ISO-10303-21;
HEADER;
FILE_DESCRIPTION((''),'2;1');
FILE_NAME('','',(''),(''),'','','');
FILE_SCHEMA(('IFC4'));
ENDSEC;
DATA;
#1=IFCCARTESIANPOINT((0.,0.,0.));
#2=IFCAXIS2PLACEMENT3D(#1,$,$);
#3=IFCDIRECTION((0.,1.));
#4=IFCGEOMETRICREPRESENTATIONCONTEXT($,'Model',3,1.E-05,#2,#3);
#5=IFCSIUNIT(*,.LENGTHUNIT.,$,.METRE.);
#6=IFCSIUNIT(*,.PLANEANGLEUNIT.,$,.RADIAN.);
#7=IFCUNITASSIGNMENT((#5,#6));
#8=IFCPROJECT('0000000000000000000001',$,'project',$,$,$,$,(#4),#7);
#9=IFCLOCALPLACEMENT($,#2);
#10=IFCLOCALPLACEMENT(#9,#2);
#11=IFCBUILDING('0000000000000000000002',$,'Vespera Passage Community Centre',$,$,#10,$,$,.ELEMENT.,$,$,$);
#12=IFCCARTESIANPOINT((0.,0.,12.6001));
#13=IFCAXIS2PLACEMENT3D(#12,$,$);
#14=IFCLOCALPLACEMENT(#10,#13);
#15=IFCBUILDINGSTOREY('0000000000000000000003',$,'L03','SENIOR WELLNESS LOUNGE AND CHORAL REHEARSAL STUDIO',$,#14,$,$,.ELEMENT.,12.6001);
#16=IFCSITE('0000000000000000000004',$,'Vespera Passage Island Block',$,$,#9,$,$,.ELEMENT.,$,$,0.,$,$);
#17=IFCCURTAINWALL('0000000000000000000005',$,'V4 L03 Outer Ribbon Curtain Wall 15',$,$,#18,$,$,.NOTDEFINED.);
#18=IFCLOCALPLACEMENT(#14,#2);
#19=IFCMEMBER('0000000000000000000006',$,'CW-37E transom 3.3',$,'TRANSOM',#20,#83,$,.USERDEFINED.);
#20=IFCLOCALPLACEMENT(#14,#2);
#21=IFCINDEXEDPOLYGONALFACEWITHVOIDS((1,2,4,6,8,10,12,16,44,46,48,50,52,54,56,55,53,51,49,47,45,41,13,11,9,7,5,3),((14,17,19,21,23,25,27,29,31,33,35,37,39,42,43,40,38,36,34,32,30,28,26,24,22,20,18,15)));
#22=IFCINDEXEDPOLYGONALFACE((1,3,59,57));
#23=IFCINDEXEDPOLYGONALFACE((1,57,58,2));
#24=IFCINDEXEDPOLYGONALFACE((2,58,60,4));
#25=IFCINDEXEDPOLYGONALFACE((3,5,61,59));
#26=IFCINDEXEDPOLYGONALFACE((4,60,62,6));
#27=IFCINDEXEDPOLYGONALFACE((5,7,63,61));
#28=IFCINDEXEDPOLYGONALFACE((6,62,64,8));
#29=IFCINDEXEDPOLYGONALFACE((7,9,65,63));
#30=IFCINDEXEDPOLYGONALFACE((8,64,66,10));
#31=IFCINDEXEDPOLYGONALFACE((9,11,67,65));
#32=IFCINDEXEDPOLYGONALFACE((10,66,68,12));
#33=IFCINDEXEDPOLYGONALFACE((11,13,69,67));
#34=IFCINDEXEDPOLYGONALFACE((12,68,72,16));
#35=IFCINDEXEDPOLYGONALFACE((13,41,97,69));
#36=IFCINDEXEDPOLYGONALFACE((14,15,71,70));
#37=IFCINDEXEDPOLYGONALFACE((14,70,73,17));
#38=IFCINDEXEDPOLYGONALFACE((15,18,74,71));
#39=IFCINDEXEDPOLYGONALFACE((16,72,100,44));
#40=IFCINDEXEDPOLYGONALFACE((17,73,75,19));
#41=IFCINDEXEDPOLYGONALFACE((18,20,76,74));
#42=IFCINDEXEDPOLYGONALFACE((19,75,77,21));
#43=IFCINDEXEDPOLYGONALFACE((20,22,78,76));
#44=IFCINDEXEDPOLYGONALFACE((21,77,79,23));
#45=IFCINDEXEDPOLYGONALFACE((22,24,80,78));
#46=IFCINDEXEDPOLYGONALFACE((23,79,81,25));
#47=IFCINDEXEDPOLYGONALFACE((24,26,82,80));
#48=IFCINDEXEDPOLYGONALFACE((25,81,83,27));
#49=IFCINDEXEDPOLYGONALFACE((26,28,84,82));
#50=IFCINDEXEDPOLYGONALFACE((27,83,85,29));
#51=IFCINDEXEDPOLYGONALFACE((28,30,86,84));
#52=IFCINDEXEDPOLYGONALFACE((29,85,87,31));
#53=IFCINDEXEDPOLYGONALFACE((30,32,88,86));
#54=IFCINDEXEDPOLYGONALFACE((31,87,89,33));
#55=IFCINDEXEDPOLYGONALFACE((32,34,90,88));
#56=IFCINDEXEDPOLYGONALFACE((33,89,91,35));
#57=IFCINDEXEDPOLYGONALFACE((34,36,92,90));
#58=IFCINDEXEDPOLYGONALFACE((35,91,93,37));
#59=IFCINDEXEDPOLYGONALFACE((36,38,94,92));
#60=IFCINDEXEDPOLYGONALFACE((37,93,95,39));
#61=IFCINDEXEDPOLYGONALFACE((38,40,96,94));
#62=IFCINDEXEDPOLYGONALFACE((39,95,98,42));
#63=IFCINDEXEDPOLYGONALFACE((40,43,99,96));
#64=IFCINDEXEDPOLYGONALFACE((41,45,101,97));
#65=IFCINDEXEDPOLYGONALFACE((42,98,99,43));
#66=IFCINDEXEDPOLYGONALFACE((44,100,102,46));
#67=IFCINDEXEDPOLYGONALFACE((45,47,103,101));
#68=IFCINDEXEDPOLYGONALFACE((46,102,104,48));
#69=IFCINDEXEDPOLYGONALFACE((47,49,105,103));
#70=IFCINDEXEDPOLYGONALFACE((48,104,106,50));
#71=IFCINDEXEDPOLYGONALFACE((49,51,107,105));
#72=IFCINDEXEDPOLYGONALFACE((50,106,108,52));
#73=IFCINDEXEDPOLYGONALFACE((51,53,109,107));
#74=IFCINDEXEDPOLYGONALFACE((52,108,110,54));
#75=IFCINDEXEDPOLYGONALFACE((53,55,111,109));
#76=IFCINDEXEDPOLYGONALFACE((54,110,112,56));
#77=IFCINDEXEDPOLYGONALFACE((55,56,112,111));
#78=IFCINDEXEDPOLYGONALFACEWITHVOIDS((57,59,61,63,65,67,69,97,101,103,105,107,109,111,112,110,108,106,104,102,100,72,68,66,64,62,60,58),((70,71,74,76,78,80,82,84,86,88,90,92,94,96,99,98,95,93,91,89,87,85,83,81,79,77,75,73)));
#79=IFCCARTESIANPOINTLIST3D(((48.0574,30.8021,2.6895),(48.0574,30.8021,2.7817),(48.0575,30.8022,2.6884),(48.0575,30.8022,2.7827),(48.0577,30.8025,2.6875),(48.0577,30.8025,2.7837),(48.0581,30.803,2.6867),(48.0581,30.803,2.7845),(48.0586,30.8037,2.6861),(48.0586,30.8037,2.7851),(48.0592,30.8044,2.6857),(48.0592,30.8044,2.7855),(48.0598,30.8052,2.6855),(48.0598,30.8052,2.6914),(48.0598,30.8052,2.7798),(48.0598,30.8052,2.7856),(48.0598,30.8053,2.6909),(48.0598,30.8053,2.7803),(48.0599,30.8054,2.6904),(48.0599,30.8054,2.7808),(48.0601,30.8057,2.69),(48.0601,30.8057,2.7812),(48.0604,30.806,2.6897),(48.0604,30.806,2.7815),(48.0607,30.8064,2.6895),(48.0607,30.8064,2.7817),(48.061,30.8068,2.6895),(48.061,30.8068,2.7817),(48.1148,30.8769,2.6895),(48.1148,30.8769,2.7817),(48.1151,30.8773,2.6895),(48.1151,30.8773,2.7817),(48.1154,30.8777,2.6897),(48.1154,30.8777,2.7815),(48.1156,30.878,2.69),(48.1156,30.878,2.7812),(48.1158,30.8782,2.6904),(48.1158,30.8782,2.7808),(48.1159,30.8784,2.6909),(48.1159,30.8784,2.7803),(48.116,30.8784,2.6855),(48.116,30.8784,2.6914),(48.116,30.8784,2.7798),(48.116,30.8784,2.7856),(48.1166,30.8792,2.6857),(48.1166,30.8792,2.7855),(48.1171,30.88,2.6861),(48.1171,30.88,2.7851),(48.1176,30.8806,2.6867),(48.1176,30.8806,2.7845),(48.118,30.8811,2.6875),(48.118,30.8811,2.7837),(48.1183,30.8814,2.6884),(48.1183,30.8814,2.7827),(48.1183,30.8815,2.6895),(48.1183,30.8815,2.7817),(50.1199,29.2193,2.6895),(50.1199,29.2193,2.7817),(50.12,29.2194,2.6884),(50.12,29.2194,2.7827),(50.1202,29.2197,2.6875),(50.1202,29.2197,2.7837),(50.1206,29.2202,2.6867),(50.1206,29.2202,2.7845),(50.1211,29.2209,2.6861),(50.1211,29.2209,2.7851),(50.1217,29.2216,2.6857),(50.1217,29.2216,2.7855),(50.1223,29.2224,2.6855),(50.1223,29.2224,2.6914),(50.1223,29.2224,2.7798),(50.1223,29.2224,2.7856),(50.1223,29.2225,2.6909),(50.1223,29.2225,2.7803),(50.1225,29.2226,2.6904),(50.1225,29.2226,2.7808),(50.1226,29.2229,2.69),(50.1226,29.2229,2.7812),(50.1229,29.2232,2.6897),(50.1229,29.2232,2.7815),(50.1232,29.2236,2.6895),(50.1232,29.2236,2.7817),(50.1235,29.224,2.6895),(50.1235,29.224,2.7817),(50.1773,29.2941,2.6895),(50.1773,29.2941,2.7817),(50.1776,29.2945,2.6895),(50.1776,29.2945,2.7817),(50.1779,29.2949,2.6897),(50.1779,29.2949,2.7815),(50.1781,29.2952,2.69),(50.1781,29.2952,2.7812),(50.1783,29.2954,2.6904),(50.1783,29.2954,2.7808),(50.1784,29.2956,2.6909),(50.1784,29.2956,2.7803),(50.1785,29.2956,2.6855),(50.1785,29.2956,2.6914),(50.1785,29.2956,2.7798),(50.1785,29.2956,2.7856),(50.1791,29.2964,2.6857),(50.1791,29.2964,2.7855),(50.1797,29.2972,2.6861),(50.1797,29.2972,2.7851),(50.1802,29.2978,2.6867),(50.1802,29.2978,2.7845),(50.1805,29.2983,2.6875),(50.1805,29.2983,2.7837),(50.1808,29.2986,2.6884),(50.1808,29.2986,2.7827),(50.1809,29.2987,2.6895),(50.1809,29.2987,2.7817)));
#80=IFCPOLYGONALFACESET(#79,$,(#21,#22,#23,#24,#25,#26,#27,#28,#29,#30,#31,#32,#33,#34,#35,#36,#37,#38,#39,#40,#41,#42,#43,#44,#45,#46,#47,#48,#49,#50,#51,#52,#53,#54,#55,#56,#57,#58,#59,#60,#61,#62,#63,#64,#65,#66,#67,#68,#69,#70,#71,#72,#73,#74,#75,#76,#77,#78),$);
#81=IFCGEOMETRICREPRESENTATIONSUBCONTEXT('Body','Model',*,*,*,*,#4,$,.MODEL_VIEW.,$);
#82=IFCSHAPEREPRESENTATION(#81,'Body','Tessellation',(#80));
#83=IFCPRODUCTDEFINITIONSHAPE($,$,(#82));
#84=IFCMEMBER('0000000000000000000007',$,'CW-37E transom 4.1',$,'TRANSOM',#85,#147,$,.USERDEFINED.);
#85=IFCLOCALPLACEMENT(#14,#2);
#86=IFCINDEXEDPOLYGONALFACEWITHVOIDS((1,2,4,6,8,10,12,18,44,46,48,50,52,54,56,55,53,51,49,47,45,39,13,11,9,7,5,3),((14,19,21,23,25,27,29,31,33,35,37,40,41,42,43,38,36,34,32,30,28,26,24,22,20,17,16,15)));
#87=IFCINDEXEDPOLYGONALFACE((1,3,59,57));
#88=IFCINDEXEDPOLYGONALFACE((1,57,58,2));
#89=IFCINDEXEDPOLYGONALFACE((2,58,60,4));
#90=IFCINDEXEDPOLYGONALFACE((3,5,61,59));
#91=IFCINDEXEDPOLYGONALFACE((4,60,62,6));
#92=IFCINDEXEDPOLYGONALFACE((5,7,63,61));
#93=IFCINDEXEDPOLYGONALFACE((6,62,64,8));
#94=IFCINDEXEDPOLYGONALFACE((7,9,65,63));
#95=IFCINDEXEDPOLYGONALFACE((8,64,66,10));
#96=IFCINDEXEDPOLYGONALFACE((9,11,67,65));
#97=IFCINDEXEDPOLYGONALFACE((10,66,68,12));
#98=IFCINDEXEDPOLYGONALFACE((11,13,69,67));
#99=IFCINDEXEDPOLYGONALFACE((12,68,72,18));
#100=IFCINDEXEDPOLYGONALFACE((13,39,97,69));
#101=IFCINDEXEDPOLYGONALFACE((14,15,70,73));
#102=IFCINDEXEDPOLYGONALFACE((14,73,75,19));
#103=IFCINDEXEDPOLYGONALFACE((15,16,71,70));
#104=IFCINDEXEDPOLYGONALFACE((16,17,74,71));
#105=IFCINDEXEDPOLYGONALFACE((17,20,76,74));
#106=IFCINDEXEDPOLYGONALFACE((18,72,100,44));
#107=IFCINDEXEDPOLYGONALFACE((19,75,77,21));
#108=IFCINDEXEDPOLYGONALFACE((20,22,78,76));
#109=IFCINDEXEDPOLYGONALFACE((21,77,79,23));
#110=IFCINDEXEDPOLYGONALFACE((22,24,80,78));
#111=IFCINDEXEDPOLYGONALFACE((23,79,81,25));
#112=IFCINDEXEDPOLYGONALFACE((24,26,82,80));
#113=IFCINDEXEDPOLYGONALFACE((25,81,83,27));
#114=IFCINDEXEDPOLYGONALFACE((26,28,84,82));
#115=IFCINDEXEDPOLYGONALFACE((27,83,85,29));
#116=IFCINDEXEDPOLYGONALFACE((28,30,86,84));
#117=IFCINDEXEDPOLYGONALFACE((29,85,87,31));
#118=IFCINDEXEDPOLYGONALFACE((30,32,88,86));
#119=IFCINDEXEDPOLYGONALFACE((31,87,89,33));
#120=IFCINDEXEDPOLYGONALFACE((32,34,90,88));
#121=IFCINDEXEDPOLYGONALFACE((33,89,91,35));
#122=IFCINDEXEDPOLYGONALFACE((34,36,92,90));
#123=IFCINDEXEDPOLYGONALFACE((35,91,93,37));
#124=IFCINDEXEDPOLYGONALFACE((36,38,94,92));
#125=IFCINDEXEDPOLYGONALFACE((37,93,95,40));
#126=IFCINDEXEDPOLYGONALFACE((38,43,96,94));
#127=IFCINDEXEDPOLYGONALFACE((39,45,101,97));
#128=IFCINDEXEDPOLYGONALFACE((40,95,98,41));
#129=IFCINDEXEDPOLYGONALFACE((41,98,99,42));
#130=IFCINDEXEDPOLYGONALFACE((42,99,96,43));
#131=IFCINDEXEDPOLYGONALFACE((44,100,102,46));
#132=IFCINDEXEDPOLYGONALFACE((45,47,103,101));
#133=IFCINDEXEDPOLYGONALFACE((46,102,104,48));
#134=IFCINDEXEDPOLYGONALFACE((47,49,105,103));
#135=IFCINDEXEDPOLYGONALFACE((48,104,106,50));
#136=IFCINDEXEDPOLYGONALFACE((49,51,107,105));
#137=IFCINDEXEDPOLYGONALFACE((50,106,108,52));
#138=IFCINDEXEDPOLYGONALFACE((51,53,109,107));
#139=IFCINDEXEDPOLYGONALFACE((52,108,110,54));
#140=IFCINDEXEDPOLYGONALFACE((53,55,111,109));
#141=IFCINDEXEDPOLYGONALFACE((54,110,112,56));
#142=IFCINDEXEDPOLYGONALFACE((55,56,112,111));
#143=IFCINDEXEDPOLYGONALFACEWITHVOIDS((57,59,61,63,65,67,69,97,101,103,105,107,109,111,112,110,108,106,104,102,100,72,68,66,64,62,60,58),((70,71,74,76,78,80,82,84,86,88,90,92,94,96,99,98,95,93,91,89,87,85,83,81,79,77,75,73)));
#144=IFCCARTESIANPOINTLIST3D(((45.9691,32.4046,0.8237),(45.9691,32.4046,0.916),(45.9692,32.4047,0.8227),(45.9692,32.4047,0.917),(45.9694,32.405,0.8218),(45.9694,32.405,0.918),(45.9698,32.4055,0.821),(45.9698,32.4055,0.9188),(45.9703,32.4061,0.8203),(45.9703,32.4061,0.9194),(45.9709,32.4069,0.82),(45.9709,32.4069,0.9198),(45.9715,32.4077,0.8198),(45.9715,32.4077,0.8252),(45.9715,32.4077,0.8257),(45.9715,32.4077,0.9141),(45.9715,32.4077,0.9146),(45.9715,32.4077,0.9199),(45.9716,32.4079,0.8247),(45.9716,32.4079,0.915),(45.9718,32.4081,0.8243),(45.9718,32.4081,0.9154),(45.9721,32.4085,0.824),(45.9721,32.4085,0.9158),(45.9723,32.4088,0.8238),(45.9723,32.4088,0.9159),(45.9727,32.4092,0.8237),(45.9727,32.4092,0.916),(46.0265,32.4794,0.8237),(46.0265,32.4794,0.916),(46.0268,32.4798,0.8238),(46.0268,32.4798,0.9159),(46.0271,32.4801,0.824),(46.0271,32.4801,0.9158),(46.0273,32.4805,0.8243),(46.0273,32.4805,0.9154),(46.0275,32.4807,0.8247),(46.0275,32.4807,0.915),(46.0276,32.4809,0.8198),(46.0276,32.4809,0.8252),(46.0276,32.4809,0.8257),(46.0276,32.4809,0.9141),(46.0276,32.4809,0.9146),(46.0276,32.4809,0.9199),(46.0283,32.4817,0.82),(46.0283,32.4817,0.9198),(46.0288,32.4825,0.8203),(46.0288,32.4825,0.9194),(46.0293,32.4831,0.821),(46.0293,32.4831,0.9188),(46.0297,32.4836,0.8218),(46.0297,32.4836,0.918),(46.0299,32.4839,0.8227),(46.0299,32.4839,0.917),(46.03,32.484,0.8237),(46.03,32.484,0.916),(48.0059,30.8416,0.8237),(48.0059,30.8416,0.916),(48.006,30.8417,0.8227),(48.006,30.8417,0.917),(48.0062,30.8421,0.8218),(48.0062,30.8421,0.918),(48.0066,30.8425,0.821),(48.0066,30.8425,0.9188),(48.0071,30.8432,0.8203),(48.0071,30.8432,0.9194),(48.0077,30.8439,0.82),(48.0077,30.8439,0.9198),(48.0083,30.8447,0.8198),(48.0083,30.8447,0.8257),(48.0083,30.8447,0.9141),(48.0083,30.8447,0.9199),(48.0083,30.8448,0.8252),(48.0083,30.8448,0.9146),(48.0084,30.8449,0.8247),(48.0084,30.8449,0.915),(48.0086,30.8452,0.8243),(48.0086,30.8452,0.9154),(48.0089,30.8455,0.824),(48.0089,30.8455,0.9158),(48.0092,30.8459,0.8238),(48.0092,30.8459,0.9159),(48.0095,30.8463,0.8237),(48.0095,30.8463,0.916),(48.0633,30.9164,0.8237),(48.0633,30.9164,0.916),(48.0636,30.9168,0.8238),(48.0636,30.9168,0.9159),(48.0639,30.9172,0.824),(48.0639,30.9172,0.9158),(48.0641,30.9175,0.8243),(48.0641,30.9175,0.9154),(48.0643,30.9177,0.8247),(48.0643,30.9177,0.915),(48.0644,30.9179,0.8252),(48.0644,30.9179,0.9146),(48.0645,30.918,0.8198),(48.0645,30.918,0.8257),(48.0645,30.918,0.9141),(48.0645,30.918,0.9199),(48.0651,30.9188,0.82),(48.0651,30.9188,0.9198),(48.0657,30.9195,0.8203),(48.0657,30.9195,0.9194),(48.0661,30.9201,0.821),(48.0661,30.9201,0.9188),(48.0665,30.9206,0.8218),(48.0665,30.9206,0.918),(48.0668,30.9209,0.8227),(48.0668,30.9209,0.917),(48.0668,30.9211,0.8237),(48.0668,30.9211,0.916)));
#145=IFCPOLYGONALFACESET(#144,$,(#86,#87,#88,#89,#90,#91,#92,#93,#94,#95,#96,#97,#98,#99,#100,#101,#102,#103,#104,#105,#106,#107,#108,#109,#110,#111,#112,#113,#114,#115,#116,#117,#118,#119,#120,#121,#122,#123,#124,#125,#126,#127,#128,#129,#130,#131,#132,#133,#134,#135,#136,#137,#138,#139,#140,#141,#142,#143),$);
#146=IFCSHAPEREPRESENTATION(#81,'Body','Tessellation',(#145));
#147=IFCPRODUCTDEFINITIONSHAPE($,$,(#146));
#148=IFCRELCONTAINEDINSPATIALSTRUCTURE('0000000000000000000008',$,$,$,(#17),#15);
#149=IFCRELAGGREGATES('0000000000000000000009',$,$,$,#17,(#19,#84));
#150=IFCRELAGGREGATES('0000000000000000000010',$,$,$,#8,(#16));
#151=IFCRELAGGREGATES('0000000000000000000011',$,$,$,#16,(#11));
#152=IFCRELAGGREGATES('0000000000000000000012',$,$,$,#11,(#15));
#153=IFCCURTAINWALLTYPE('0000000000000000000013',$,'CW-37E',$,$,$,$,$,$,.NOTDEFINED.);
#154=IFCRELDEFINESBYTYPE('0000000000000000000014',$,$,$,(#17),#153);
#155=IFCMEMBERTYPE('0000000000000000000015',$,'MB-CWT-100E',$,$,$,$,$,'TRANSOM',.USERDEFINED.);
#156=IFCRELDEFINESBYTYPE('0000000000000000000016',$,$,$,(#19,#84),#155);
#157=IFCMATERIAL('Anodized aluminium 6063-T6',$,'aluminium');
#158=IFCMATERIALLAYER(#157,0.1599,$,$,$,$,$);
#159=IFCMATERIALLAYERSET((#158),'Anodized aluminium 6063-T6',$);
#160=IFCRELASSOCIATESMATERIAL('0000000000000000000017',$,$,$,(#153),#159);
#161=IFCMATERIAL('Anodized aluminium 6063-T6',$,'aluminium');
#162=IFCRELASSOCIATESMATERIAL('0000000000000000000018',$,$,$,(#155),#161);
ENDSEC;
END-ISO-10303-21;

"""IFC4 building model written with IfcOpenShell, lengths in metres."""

from ifc_helpers import new_model, si_unit, direction, frame, origin, origin_2d, place, context, subcontext, project, spatial, hollow_rectangle, extrude, material, layer, layer_set, material_profile, profile_set, type_object, element, aggregate, save


model = new_model("IFC4")

# Units and contexts
model_context = context("Model", 3, precision=1e-05, world=origin(), true_north=direction((0.0, 1.0)))
body_context = subcontext(model_context, "Body", "Model", "MODEL_VIEW")
ifc_project = project(units=[si_unit("LENGTHUNIT", "METRE"), si_unit("PLANEANGLEUNIT", "RADIAN")], contexts=[model_context])

# Site, building, storey
site_placement = place(None, origin())
site = spatial("IfcSite", under=ifc_project, at=site_placement, Name="Vespera Passage Island Block", CompositionType="ELEMENT", RefElevation=0.0)
building_placement = place(site_placement, origin())
building = spatial("IfcBuilding", under=site, at=building_placement, Name="Vespera Passage Community Centre", CompositionType="ELEMENT")
storey_placement = place(building_placement, frame((0.0, 0.0, 12.6001)))
storey = spatial("IfcBuildingStorey", under=building, at=storey_placement, Name="L03", Description="SENIOR WELLNESS LOUNGE AND CHORAL REHEARSAL STUDIO", CompositionType="ELEMENT", Elevation=12.6001)

# Curtain wall, members
ifc_material_1 = material(Name="Anodized aluminium 6063-T6", Category="aluminium")
ifc_layer_1 = layer(ifc_material_1, 0.1599)
ifc_layer_set_1 = layer_set([ifc_layer_1], Name="Anodized aluminium 6063-T6")
curtain_wall_type = type_object("IfcCurtainWallType", Name="CW-37E", PredefinedType="NOTDEFINED", material=ifc_layer_set_1)
curtain_wall_placement = place(storey_placement, origin())
curtain_wall = element("IfcCurtainWall", 1, at=curtain_wall_placement, inside=storey, type_object=curtain_wall_type, Name="V4 L03 Outer Ribbon Curtain Wall 15", PredefinedType="NOTDEFINED")
ifc_material_2 = material(Name="Anodized aluminium 6063-T6", Category="aluminium")
ifc_material_profile_1 = material_profile(ifc_material_2, hollow_rectangle(XDim=0.1001, YDim=0.1001, WallThickness=0.0039, InnerFilletRadius=0.002, OuterFilletRadius=0.0039, at=origin_2d()), Name="ALU100X100X4")
ifc_profile_set_1 = profile_set([ifc_material_profile_1], Name="Anodized aluminium 6063-T6")
member_type_1 = type_object("IfcMemberType", Name="MB-CWT-100E", ElementType="TRANSOM", PredefinedType="USERDEFINED", material=ifc_profile_set_1)
member_1_placement = place(storey_placement, frame((50.1504, 29.259, 2.7356), z_axis=(-0.793325, 0.608798, 0.0), x_axis=(-0.608798, -0.793325, 0.0)))
member_1 = element("IfcMember", 2, at=member_1_placement, type_object=member_type_1, Name="CW-37E transom 3.3", ObjectType="TRANSOM", PredefinedType="USERDEFINED", context=body_context, shape_type="SweptSolid", body=[
    extrude(hollow_rectangle(XDim=0.1001, YDim=0.1001, WallThickness=0.0039, InnerFilletRadius=0.002, OuterFilletRadius=0.0039, at=origin_2d()), origin(), (0.0, 0.0, 1.0), 2.5999),
])
member_2_placement = place(storey_placement, frame((48.0364, 30.8813, 0.8699), z_axis=(-0.793345, 0.608773, 0.0), x_axis=(-0.608773, -0.793345, 0.0)))
member_2 = element("IfcMember", 3, at=member_2_placement, type_object=member_type_1, Name="CW-37E transom 4.1", ObjectType="TRANSOM", PredefinedType="USERDEFINED", context=body_context, shape_type="SweptSolid", body=[
    extrude(hollow_rectangle(XDim=0.1001, YDim=0.1001, WallThickness=0.0039, InnerFilletRadius=0.002, OuterFilletRadius=0.0039, at=origin_2d()), origin(), (0.0, 0.0, 1.0), 2.5674),
])
aggregate(curtain_wall, [member_1, member_2])

save(model, "model.ifc")
